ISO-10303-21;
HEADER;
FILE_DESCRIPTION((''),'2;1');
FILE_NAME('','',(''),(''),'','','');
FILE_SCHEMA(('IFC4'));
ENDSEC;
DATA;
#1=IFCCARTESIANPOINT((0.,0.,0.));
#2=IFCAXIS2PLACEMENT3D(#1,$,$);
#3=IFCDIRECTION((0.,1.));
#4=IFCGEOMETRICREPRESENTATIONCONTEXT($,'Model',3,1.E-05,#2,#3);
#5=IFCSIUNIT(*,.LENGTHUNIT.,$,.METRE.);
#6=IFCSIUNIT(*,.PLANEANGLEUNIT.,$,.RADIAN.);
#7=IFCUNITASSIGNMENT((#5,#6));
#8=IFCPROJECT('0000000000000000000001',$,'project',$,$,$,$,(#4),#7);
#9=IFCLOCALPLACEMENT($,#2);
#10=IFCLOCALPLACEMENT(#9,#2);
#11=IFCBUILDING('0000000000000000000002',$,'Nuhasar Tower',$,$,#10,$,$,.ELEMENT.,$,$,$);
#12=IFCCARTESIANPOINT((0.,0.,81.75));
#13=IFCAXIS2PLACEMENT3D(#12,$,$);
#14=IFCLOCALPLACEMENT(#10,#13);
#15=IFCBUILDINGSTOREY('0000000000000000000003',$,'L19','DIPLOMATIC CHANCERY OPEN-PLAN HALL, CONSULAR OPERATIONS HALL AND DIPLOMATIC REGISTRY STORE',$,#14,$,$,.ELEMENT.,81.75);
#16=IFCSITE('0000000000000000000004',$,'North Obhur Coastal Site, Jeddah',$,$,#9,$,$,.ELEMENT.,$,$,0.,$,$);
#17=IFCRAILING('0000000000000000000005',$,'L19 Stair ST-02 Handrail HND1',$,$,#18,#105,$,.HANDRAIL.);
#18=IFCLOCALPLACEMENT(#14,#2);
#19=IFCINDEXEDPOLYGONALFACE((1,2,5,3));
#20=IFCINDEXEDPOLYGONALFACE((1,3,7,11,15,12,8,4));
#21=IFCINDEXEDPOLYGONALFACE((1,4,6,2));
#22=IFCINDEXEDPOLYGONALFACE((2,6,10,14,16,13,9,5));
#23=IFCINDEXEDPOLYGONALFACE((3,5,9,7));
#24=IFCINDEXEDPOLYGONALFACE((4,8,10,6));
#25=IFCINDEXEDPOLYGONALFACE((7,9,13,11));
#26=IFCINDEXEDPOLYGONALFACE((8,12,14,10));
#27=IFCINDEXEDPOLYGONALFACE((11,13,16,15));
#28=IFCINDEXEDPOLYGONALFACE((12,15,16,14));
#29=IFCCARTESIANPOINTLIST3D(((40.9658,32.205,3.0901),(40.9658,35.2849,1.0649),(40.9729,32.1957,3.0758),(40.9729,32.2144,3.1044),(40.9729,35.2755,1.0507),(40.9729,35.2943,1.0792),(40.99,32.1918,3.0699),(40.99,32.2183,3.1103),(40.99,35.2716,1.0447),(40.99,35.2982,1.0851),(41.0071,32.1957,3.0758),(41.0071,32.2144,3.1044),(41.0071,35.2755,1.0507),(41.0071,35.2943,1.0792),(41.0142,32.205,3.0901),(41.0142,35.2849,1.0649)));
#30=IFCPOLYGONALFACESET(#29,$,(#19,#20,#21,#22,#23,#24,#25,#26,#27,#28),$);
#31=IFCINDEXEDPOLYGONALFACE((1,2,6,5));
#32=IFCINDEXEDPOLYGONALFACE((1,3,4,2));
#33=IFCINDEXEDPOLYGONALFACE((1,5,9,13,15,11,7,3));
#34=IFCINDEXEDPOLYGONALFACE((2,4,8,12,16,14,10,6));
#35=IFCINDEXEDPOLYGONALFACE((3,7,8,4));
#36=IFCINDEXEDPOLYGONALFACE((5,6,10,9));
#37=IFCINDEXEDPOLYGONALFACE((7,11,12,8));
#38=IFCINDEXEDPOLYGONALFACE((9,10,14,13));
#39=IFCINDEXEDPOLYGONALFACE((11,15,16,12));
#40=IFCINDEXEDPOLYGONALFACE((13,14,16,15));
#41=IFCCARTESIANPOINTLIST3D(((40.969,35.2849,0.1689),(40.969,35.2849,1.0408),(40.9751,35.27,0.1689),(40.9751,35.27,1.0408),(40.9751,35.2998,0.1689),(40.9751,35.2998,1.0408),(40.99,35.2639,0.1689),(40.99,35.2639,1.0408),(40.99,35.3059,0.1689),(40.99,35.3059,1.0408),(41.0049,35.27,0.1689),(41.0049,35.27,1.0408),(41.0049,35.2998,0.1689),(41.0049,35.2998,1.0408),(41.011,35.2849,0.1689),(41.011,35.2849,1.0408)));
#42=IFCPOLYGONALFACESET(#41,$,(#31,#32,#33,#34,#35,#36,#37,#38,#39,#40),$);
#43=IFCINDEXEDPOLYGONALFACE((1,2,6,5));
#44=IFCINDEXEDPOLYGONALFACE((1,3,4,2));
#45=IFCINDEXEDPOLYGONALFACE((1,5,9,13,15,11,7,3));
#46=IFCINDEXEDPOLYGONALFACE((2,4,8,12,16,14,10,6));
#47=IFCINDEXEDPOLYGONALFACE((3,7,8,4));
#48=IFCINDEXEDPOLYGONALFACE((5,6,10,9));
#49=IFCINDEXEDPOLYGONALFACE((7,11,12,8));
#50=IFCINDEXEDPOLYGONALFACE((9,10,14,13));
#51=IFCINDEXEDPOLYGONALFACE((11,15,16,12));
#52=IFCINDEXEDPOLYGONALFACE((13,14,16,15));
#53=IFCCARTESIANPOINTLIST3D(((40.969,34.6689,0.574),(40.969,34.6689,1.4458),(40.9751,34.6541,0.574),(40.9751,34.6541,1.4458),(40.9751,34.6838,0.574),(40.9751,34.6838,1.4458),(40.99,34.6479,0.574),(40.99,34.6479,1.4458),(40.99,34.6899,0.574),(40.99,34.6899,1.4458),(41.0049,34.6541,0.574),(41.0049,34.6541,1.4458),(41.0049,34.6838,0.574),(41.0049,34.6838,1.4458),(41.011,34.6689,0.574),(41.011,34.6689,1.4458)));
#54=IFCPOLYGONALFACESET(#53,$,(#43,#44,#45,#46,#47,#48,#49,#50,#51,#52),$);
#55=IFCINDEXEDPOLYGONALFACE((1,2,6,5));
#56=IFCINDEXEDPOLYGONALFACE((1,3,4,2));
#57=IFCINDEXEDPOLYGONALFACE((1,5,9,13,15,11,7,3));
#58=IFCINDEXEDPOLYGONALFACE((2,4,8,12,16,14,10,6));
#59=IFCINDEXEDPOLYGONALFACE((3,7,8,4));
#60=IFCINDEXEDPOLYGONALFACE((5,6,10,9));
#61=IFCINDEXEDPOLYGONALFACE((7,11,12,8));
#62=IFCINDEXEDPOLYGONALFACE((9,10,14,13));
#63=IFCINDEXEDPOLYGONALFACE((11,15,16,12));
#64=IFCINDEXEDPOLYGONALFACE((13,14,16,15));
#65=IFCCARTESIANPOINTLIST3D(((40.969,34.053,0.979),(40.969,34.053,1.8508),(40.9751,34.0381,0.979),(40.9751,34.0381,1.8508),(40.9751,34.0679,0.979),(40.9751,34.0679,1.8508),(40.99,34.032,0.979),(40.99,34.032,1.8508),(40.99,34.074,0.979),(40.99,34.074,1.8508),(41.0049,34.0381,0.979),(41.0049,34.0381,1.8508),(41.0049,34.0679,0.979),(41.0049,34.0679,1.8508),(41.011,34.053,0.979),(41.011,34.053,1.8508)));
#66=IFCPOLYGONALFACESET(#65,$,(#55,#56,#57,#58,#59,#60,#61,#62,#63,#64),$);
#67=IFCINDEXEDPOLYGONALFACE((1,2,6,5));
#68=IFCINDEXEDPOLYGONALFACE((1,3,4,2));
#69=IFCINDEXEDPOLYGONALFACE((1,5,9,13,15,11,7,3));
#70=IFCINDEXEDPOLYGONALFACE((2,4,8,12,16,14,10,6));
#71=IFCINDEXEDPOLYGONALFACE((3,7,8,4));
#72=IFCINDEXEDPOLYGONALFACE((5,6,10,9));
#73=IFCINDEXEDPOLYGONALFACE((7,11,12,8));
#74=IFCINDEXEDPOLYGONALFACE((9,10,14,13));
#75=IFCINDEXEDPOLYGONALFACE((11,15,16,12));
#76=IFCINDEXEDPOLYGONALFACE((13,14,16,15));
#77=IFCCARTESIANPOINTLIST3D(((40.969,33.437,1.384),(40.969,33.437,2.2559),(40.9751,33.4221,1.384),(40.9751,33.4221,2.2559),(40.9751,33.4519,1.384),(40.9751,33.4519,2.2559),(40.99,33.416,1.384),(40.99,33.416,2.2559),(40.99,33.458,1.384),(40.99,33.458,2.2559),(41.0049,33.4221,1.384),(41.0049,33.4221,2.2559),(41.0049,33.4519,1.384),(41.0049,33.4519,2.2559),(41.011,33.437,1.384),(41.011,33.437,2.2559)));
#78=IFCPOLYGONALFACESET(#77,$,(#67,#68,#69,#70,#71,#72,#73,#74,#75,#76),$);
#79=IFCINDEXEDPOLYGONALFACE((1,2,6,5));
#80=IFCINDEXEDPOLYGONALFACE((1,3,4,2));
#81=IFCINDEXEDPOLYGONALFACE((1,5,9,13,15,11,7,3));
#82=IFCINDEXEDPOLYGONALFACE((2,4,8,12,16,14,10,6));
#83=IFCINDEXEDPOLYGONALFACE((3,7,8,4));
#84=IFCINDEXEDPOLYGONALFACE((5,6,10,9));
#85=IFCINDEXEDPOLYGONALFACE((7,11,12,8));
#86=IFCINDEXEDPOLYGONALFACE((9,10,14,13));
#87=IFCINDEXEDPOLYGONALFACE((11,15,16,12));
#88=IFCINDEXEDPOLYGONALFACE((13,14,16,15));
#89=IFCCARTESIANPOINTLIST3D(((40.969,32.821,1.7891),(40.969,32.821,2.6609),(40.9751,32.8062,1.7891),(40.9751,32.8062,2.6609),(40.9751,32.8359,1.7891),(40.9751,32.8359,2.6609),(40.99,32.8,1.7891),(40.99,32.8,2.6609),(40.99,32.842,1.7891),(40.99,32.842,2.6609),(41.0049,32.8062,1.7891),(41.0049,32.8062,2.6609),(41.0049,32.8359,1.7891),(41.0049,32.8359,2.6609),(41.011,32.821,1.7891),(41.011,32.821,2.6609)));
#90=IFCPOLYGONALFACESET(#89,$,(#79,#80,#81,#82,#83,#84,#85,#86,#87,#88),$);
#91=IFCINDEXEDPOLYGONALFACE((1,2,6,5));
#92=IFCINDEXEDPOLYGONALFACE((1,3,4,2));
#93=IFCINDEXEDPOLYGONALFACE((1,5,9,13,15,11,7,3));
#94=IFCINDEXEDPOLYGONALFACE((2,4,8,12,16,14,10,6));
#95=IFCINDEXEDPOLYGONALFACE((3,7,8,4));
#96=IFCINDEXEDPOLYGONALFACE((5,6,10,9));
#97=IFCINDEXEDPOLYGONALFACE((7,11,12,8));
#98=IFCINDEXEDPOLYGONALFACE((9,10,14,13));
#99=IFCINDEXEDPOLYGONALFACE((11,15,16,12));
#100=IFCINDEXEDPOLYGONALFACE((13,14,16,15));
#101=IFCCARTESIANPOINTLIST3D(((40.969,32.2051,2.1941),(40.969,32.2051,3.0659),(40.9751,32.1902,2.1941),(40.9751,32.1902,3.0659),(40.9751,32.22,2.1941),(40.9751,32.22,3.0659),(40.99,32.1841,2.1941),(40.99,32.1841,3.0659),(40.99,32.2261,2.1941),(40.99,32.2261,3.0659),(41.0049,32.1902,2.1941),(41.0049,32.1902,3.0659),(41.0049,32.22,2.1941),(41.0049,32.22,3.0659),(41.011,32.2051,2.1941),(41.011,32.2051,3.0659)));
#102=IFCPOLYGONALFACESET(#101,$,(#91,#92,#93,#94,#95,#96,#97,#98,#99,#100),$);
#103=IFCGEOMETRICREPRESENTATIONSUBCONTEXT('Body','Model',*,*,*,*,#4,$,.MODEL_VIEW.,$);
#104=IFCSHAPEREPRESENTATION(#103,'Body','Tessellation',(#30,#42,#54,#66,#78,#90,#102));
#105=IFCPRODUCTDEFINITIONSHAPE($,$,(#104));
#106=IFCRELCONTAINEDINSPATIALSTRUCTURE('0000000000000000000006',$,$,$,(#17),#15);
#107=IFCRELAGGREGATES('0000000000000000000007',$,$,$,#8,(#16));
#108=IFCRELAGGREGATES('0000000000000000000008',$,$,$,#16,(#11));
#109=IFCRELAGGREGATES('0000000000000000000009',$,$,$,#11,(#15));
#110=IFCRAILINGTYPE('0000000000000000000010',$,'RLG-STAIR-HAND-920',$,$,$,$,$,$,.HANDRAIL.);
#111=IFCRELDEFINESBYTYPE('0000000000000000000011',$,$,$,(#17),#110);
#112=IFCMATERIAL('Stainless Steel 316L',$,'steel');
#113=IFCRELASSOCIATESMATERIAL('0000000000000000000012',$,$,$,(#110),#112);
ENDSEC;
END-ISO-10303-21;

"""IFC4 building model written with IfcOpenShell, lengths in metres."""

from ifc_helpers import new_model, si_unit, direction, frame, origin, place, context, subcontext, project, spatial, polyline, outline, extrude, material, type_object, element, save


model = new_model("IFC4")

# Units and contexts
model_context = context("Model", 3, precision=1e-05, world=origin(), true_north=direction((0.0, 1.0)))
body_context = subcontext(model_context, "Body", "Model", "MODEL_VIEW")
ifc_project = project(units=[si_unit("LENGTHUNIT", "METRE"), si_unit("PLANEANGLEUNIT", "RADIAN")], contexts=[model_context])

# Site, building, storey
site_placement = place(None, origin())
site = spatial("IfcSite", under=ifc_project, at=site_placement, Name="North Obhur Coastal Site, Jeddah", CompositionType="ELEMENT", RefElevation=0.0)
building_placement = place(site_placement, origin())
building = spatial("IfcBuilding", under=site, at=building_placement, Name="Nuhasar Tower", CompositionType="ELEMENT")
storey_placement = place(building_placement, frame((0.0, 0.0, 81.75)))
storey = spatial("IfcBuildingStorey", under=building, at=storey_placement, Name="L19", Description="DIPLOMATIC CHANCERY OPEN-PLAN HALL, CONSULAR OPERATIONS HALL AND DIPLOMATIC REGISTRY STORE", CompositionType="ELEMENT", Elevation=81.75)

# Railing
ifc_material_1 = material(Name="Stainless Steel 316L", Category="steel")
railing_type_1 = type_object("IfcRailingType", Name="RLG-STAIR-HAND-920", PredefinedType="HANDRAIL", material=ifc_material_1)
railing_1_placement = place(storey_placement, frame((40.99, 35.2849, 0.1689)))
element("IfcRailing", 1, at=railing_1_placement, inside=storey, type_object=railing_type_1, Name="L19 Stair ST-02 Handrail HND1", PredefinedType="HANDRAIL", context=body_context, shape_type="SweptSolid", body=[
    extrude(outline(polyline([(0.0242, 0.0), (0.0171, 0.0171), (0.0, 0.0242), (-0.0171, 0.0171), (-0.0242, 0.0), (-0.0171, -0.0171), (0.0, -0.0242), (0.0171, -0.0171), (0.0242, 0.0)])), frame((0.0, 0.0, 0.896), z_axis=(0.0, -0.835549, 0.549416), x_axis=(1.0, 0.0, 0.0)), (0.0, 0.0, 1.0), 3.686),
    extrude(outline(polyline([(0.021, 0.0), (0.0149, 0.0149), (0.0, 0.021), (-0.0149, 0.0149), (-0.021, 0.0), (-0.0149, -0.0149), (0.0, -0.021), (0.0149, -0.0149), (0.021, 0.0)])), origin(), (0.0, 0.0, 1.0), 0.8718),
    extrude(outline(polyline([(0.021, 0.0), (0.0149, 0.0149), (0.0, 0.021), (-0.0149, 0.0149), (-0.021, 0.0), (-0.0149, -0.0149), (0.0, -0.021), (0.0149, -0.0149), (0.021, 0.0)])), frame((0.0, -0.616, 0.405)), (0.0, 0.0, 1.0), 0.8718),
    extrude(outline(polyline([(0.021, 0.0), (0.0149, 0.0149), (0.0, 0.021), (-0.0149, 0.0149), (-0.021, 0.0), (-0.0149, -0.0149), (0.0, -0.021), (0.0149, -0.0149), (0.021, 0.0)])), frame((0.0, -1.2319, 0.8101)), (0.0, 0.0, 1.0), 0.8718),
    extrude(outline(polyline([(0.021, 0.0), (0.0149, 0.0149), (0.0, 0.021), (-0.0149, 0.0149), (-0.021, 0.0), (-0.0149, -0.0149), (0.0, -0.021), (0.0149, -0.0149), (0.021, 0.0)])), frame((0.0, -1.8479, 1.2151)), (0.0, 0.0, 1.0), 0.8718),
    extrude(outline(polyline([(0.021, 0.0), (0.0149, 0.0149), (0.0, 0.021), (-0.0149, 0.0149), (-0.021, 0.0), (-0.0149, -0.0149), (0.0, -0.021), (0.0149, -0.0149), (0.021, 0.0)])), frame((0.0, -2.4639, 1.6201)), (0.0, 0.0, 1.0), 0.8718),
    extrude(outline(polyline([(0.021, 0.0), (0.0149, 0.0149), (0.0, 0.021), (-0.0149, 0.0149), (-0.021, 0.0), (-0.0149, -0.0149), (0.0, -0.021), (0.0149, -0.0149), (0.021, 0.0)])), frame((0.0, -3.0798, 2.0251)), (0.0, 0.0, 1.0), 0.8718),
])

save(model, "model.ifc")
